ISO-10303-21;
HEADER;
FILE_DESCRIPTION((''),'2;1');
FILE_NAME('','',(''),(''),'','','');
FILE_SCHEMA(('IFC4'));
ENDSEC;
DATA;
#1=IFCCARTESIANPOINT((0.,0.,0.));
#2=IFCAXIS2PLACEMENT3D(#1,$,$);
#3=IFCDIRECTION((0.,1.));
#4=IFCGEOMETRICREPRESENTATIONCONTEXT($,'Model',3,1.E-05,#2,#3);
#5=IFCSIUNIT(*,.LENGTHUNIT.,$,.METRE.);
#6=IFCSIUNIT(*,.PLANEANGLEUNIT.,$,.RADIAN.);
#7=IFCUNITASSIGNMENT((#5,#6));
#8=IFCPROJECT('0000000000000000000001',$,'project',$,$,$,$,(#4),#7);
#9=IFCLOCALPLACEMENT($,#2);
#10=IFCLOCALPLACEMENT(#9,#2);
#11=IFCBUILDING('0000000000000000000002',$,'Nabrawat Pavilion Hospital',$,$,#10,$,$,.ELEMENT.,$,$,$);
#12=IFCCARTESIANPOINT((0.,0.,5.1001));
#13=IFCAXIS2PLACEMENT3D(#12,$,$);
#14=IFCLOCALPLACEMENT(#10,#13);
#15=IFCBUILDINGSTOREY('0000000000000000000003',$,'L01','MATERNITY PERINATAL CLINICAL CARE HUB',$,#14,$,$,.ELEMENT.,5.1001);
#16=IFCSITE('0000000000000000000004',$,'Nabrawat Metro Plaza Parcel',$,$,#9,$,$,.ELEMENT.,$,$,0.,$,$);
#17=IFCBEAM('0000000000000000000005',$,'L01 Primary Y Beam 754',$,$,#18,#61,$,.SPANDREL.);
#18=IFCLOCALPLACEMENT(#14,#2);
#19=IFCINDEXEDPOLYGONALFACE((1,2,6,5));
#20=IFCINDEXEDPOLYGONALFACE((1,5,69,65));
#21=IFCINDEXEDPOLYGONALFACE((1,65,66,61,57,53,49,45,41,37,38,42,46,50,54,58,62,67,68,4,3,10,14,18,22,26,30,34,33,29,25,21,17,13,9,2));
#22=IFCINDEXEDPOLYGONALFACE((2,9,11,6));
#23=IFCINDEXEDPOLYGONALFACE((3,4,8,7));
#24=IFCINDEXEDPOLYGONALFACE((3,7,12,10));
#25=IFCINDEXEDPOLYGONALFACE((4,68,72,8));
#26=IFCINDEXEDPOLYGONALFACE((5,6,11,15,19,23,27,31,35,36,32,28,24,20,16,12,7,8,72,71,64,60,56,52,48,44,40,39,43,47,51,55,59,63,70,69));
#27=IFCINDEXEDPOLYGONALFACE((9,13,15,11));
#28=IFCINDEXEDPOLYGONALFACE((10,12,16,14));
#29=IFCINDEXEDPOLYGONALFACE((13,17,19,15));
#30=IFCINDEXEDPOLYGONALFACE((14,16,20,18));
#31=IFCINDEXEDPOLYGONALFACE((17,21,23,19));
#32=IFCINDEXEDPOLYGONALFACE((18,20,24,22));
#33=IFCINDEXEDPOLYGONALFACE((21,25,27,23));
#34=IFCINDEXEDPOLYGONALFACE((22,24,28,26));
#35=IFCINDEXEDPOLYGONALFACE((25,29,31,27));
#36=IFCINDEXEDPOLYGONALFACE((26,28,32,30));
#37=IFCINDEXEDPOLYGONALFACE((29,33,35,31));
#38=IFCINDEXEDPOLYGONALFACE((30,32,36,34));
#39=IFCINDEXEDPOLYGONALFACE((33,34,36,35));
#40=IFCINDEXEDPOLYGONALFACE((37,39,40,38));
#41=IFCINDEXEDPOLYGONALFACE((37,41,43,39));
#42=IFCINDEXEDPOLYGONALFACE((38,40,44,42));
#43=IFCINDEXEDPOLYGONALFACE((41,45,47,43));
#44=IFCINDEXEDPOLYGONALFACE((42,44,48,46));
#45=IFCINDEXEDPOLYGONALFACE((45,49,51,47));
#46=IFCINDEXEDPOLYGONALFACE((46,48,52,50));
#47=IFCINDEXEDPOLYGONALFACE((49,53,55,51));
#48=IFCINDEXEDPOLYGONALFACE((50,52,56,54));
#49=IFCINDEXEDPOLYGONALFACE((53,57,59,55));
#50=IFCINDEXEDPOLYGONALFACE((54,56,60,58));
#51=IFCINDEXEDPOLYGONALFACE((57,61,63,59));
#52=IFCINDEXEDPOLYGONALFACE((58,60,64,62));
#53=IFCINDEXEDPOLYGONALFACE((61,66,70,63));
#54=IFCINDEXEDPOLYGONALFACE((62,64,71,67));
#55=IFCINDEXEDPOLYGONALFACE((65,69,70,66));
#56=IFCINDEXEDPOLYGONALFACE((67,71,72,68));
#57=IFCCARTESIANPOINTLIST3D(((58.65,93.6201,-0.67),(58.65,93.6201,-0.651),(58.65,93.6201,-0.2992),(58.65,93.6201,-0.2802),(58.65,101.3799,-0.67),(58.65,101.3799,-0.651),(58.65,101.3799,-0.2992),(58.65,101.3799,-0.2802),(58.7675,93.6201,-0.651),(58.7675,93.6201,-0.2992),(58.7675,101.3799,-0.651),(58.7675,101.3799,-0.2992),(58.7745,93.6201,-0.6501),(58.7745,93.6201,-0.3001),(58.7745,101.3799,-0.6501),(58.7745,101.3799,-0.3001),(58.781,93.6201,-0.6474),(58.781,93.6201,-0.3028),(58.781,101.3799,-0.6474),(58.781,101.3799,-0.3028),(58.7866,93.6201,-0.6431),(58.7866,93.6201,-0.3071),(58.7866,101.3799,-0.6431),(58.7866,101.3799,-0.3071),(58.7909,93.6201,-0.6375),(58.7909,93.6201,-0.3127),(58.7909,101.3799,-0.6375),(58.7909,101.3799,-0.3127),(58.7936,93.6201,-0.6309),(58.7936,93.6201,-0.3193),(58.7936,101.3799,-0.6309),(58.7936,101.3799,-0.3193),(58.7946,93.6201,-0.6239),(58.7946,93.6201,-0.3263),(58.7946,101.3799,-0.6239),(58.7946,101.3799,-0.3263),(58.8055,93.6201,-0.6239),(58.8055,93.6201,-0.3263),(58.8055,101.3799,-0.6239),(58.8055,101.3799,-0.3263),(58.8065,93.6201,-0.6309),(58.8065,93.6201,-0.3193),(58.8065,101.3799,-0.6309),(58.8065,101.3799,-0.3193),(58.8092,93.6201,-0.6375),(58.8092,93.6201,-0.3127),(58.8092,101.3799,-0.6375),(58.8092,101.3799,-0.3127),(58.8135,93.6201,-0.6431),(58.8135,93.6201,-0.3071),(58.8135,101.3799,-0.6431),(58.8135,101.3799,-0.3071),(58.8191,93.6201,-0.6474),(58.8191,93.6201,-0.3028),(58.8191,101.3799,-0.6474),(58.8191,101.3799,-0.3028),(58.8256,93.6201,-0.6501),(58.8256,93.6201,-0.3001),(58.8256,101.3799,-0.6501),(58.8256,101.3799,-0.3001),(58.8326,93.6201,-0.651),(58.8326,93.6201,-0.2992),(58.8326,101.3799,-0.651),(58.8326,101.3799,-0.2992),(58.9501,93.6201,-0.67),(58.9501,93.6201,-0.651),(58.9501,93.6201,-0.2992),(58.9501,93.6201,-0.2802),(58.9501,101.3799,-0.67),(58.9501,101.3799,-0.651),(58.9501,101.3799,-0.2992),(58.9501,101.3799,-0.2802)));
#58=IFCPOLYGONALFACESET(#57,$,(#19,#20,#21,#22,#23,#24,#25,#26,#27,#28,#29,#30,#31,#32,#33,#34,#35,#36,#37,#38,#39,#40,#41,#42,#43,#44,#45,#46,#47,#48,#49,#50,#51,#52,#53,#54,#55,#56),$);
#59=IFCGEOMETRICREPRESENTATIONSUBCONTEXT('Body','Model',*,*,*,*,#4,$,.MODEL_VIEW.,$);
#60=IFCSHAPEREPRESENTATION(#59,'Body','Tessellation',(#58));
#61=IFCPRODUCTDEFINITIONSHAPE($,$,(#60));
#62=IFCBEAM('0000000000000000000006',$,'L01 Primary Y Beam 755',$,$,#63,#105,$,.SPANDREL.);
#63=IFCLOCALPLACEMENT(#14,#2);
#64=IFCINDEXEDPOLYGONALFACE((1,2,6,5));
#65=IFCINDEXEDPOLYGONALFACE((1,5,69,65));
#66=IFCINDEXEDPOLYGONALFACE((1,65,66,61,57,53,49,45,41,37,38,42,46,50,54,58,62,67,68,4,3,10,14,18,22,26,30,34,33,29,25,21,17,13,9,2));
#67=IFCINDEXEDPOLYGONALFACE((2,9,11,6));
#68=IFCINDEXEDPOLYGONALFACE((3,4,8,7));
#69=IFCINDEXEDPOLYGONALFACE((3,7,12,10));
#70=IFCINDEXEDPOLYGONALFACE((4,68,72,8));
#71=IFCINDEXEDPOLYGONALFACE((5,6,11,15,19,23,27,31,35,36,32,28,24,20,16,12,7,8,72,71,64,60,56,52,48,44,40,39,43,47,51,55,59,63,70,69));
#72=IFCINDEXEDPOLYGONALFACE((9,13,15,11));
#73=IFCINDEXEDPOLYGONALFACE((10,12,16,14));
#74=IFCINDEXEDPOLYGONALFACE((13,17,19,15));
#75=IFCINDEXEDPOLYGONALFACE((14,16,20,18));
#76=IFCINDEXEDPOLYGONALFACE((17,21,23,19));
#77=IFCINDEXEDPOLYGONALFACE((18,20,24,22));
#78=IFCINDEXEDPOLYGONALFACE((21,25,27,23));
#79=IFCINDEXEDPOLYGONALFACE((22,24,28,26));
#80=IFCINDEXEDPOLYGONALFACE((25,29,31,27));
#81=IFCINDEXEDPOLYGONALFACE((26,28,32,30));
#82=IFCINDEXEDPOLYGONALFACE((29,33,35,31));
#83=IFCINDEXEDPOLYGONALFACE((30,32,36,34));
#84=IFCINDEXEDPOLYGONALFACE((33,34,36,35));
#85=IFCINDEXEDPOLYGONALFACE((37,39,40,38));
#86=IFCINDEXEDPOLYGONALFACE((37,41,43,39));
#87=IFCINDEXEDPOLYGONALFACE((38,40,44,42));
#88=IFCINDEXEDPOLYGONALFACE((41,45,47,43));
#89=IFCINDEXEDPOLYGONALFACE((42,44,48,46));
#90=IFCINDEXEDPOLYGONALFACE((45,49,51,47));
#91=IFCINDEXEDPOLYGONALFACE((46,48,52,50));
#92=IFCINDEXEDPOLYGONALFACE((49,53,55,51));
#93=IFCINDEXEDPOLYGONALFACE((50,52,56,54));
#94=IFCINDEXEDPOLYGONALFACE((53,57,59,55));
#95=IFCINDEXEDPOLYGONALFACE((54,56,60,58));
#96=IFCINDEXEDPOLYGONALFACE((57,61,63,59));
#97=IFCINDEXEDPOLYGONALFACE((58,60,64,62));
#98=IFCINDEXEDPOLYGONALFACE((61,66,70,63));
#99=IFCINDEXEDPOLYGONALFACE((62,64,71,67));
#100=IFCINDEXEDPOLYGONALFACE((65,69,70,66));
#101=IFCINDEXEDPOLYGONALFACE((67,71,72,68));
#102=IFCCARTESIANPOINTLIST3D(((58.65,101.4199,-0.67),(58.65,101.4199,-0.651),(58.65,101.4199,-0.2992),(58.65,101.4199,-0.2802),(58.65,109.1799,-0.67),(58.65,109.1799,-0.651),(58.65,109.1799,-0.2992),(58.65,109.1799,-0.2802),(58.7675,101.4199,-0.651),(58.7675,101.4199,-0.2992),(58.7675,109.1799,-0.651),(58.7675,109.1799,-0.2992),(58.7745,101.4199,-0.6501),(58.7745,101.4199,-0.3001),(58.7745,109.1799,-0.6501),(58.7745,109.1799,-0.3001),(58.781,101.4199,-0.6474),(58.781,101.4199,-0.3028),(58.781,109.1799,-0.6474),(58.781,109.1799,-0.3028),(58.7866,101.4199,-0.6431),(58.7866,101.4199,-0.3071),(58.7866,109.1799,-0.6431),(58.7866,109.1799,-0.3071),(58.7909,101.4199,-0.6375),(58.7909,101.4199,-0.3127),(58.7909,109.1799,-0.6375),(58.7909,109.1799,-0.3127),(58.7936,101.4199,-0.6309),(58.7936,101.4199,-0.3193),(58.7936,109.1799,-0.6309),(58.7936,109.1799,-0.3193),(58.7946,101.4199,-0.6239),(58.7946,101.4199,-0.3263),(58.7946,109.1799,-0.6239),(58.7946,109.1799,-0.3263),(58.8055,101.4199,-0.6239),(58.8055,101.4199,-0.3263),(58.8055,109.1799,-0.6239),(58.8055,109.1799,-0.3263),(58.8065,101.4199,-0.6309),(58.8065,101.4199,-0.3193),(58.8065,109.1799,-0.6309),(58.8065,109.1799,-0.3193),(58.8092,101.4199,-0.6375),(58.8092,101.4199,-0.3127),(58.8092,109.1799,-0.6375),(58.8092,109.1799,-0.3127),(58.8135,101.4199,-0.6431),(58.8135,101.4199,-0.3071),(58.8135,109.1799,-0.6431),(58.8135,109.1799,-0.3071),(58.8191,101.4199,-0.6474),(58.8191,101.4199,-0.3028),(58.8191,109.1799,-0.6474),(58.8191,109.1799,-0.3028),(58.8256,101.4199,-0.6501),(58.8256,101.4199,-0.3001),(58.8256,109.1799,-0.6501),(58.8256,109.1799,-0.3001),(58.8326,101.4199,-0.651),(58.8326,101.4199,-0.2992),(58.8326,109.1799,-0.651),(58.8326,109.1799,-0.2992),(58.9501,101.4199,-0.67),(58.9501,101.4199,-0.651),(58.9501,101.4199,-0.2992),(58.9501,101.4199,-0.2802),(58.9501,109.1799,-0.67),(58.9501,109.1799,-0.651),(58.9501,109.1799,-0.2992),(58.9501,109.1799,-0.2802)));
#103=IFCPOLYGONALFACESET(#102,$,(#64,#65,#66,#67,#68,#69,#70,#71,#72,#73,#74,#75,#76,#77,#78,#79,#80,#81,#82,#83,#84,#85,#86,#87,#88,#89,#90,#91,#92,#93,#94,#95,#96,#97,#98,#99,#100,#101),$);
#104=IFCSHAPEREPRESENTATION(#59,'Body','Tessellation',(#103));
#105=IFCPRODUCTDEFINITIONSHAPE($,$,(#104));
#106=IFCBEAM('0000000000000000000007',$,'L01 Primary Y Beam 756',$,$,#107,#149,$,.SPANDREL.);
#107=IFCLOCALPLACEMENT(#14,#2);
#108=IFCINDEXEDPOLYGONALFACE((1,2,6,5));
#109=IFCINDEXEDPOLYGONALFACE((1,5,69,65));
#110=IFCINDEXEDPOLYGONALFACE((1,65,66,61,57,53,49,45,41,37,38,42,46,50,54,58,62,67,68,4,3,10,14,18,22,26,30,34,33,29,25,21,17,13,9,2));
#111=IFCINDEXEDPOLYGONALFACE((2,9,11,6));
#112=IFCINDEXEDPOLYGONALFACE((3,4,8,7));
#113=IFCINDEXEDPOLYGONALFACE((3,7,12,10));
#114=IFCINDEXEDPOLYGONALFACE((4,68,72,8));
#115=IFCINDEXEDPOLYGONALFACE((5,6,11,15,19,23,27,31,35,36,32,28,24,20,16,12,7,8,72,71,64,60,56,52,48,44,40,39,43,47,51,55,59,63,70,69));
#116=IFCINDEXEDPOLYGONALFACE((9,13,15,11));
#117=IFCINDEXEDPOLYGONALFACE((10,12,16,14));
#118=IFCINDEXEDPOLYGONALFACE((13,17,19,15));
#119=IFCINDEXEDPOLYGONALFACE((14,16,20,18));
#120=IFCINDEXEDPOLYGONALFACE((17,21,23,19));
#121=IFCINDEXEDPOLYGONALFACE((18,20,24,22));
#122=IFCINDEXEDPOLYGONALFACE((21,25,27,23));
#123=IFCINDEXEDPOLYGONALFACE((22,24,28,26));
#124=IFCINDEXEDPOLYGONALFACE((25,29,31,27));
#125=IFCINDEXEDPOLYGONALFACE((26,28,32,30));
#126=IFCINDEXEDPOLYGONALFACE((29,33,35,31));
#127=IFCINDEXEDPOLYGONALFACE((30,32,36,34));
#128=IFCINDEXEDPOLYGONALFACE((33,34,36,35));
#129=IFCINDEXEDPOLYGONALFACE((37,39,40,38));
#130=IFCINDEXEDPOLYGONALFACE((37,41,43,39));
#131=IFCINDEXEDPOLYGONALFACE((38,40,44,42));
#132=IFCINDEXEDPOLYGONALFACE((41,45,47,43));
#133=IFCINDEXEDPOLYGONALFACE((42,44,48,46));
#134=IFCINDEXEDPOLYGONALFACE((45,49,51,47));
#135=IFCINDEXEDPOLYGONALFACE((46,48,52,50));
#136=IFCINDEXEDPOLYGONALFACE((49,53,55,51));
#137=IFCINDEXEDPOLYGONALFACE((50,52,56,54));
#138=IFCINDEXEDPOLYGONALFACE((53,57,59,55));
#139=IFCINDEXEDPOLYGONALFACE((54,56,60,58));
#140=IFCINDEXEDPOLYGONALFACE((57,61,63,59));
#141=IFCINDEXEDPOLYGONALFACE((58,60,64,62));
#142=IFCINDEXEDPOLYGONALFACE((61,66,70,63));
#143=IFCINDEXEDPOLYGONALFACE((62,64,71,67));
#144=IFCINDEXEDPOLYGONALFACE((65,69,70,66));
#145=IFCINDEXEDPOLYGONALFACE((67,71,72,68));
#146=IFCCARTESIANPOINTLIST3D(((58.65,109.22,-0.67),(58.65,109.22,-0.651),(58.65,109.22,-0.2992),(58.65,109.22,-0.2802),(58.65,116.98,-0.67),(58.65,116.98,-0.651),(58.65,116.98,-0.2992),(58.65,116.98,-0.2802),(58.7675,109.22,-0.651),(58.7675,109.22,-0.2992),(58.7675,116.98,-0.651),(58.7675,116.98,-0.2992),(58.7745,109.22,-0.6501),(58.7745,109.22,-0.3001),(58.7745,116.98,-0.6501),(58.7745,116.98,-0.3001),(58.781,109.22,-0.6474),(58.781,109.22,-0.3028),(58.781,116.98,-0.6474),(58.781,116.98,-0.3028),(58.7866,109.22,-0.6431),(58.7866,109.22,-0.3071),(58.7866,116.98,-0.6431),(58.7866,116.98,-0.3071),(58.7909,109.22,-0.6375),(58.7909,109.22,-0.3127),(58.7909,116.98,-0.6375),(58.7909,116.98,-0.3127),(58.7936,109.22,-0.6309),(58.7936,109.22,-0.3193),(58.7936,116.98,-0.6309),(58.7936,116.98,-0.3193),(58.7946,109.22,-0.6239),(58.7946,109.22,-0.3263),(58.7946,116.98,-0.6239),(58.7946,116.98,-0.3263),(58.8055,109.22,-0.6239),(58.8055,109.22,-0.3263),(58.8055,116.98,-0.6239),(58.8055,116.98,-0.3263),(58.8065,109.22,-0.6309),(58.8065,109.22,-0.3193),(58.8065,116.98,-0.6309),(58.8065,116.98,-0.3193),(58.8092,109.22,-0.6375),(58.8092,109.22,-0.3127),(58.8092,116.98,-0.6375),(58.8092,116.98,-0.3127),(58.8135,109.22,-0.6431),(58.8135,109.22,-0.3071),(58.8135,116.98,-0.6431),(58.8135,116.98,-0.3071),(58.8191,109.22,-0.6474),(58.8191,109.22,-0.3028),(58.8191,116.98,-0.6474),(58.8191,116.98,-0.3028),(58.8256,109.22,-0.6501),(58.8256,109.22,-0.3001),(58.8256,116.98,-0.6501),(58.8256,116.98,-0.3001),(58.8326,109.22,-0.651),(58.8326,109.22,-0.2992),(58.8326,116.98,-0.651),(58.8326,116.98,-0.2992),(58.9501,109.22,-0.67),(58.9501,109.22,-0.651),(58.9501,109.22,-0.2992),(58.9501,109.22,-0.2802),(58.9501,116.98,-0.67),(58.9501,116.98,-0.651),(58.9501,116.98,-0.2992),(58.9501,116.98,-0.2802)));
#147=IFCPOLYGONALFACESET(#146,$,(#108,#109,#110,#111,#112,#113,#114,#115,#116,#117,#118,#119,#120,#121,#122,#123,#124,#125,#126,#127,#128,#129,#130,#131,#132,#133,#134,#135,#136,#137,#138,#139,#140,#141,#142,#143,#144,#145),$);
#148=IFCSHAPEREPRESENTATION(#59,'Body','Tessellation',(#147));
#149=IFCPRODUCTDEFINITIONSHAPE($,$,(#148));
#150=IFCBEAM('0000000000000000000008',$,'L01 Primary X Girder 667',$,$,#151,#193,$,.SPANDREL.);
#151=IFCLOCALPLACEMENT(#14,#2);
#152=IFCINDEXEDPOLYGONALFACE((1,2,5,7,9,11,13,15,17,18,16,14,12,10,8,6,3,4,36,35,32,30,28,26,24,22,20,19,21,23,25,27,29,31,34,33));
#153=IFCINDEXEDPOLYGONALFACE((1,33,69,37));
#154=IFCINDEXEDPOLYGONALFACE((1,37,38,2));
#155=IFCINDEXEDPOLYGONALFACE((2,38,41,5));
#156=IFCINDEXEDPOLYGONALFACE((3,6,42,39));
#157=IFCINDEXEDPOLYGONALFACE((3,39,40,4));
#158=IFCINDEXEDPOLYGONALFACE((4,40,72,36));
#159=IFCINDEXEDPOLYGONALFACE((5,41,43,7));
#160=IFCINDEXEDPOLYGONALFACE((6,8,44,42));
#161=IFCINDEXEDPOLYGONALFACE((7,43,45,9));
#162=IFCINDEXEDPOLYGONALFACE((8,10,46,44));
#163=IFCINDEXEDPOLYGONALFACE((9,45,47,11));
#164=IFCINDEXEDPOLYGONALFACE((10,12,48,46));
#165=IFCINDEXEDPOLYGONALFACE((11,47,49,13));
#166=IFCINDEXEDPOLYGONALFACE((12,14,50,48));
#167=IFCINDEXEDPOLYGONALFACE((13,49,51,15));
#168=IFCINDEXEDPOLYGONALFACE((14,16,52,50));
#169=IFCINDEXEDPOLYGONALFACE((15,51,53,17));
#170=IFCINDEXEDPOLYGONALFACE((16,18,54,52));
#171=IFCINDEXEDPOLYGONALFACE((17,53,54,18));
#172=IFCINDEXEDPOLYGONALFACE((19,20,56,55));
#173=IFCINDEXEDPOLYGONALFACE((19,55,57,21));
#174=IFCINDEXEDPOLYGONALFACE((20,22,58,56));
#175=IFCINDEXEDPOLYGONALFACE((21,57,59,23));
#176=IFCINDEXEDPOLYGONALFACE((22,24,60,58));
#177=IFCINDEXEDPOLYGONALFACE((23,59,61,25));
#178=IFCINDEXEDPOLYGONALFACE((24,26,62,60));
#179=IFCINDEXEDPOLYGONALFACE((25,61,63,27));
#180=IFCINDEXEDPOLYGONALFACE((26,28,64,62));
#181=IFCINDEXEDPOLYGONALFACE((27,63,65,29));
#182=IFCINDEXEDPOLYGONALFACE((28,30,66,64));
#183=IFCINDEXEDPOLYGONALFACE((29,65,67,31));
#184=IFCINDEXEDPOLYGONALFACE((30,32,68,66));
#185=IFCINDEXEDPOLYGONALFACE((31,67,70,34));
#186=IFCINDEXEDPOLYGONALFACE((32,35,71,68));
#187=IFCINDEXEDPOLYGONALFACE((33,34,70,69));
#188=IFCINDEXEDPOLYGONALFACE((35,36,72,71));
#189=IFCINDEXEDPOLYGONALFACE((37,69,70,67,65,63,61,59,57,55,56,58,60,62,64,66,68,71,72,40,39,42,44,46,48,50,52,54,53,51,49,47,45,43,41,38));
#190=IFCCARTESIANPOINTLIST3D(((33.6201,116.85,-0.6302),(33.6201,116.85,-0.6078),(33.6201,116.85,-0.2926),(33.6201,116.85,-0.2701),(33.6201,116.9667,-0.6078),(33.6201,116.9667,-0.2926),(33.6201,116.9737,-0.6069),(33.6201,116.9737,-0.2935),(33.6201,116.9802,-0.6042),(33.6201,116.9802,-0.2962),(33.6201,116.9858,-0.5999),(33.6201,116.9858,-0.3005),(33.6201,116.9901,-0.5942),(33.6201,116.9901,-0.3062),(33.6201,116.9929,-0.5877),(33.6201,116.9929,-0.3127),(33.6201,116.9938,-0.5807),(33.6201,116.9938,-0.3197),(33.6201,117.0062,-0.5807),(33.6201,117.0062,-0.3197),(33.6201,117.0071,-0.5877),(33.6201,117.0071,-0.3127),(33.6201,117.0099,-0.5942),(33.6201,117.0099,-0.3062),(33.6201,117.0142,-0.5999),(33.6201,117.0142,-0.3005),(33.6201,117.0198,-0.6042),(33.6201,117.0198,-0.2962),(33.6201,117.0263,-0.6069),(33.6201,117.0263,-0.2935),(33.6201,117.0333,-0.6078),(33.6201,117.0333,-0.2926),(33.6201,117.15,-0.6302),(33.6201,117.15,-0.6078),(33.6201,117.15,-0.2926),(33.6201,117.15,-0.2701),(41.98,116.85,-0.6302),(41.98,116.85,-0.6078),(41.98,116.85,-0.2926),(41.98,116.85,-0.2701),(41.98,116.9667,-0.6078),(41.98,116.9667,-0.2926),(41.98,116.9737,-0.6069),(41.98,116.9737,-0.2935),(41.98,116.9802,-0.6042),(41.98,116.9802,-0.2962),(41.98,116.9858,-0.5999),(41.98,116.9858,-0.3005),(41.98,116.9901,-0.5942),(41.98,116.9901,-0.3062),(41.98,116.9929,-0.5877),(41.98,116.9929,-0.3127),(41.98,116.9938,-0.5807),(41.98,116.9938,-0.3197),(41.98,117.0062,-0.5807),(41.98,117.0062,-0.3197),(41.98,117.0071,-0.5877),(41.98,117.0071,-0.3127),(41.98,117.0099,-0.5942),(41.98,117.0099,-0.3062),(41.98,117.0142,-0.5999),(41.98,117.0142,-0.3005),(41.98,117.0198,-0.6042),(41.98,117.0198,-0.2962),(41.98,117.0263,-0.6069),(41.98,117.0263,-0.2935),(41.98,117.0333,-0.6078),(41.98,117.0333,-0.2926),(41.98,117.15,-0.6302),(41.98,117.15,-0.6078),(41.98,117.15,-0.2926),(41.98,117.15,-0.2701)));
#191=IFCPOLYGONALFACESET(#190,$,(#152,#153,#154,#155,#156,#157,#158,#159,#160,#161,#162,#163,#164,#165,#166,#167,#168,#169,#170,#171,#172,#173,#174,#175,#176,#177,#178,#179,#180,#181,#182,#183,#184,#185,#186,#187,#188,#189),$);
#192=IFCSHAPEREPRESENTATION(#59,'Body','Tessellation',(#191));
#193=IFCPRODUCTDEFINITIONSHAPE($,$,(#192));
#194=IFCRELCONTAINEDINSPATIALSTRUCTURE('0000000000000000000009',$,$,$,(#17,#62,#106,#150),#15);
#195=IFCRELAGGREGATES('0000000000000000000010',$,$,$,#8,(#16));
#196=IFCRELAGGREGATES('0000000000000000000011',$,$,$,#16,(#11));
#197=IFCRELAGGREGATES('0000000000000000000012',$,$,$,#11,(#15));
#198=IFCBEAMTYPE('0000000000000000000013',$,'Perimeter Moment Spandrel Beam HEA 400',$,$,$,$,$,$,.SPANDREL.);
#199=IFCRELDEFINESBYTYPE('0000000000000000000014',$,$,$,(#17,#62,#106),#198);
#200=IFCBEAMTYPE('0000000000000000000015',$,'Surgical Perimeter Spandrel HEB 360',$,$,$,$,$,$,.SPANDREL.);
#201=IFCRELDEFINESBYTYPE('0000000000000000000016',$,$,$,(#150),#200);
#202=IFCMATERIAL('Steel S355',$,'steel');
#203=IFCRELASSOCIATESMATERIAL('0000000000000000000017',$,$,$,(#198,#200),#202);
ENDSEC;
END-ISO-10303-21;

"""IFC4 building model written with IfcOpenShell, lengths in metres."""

from ifc_helpers import new_model, si_unit, direction, frame, origin, origin_2d, place, context, subcontext, project, spatial, i_section, extrude, material, material_profile, profile_set, type_object, element, save


model = new_model("IFC4")

# Units and contexts
model_context = context("Model", 3, precision=1e-05, world=origin(), true_north=direction((0.0, 1.0)))
body_context = subcontext(model_context, "Body", "Model", "MODEL_VIEW")
ifc_project = project(units=[si_unit("LENGTHUNIT", "METRE"), si_unit("PLANEANGLEUNIT", "RADIAN")], contexts=[model_context])

# Site, building, storey
site_placement = place(None, origin())
site = spatial("IfcSite", under=ifc_project, at=site_placement, Name="Nabrawat Metro Plaza Parcel", CompositionType="ELEMENT", RefElevation=0.0)
building_placement = place(site_placement, origin())
building = spatial("IfcBuilding", under=site, at=building_placement, Name="Nabrawat Pavilion Hospital", CompositionType="ELEMENT")
storey_placement = place(building_placement, frame((0.0, 0.0, 5.1001)))
storey = spatial("IfcBuildingStorey", under=building, at=storey_placement, Name="L01", Description="MATERNITY PERINATAL CLINICAL CARE HUB", CompositionType="ELEMENT", Elevation=5.1001)

# Shared definitions
ifc_material_1 = material(Name="Steel S355", Category="steel")

# Beams
ifc_material_profile_1 = material_profile(ifc_material_1, i_section(OverallWidth=0.3, OverallDepth=0.3899, WebThickness=0.011, FlangeThickness=0.019, FilletRadius=0.0271, at=origin_2d()), Name="HEA 400")
ifc_profile_set_1 = profile_set([ifc_material_profile_1], Name="Steel S355")
beam_type_1 = type_object("IfcBeamType", Name="Perimeter Moment Spandrel Beam HEA 400", PredefinedType="SPANDREL", material=ifc_profile_set_1)
beam_1_placement = place(storey_placement, frame((58.8, 93.6201, -0.4751), z_axis=(0.0, 1.0, 0.0), x_axis=(-1.0, 0.0, 0.0)))
element("IfcBeam", 1, at=beam_1_placement, inside=storey, type_object=beam_type_1, Name="L01 Primary Y Beam 754", PredefinedType="SPANDREL", context=body_context, shape_type="SweptSolid", body=[
    extrude(i_section(OverallWidth=0.3, OverallDepth=0.3899, WebThickness=0.011, FlangeThickness=0.019, FilletRadius=0.0271, at=origin_2d()), origin(), (0.0, 0.0, 1.0), 7.7598),
])
for number, where, z_axis, x_axis, name in (
    (2, (58.8, 101.4199, -0.4751), (0.0, 1.0, 0.0), (-1.0, 0.0, 0.0), "L01 Primary Y Beam 755"),
    (3, (58.8, 109.22, -0.4751), (0.0, 1.0, 0.0), (-1.0, 0.0, 0.0), "L01 Primary Y Beam 756"),
):
    element("IfcBeam", number, at=place(storey_placement, frame(where, z_axis=z_axis, x_axis=x_axis)), inside=storey, type_object=beam_type_1, Name=name, PredefinedType="SPANDREL", context=body_context, shape_type="SweptSolid", body=[
        extrude(i_section(OverallWidth=0.3, OverallDepth=0.3899, WebThickness=0.011, FlangeThickness=0.019, FilletRadius=0.0271, at=origin_2d()), origin(), (0.0, 0.0, 1.0), 7.76),
    ])
ifc_material_profile_2 = material_profile(ifc_material_1, i_section(OverallWidth=0.3, OverallDepth=0.3601, WebThickness=0.0125, FlangeThickness=0.0225, FilletRadius=0.0271, at=origin_2d()), Name="HEB 360")
ifc_profile_set_2 = profile_set([ifc_material_profile_2], Name="Steel S355")
beam_type_2 = type_object("IfcBeamType", Name="Surgical Perimeter Spandrel HEB 360", PredefinedType="SPANDREL", material=ifc_profile_set_2)
for number, where, z_axis, x_axis, name in (
    (4, (33.6201, 117.0, -0.4502), (1.0, 0.0, 0.0), (0.0, 1.0, 0.0), "L01 Primary X Girder 667"),
):
    element("IfcBeam", number, at=place(storey_placement, frame(where, z_axis=z_axis, x_axis=x_axis)), inside=storey, type_object=beam_type_2, Name=name, PredefinedType="SPANDREL", context=body_context, shape_type="SweptSolid", body=[
        extrude(i_section(OverallWidth=0.3, OverallDepth=0.3601, WebThickness=0.0125, FlangeThickness=0.0225, FilletRadius=0.0271, at=origin_2d()), origin(), (0.0, 0.0, 1.0), 8.3599),
    ])

save(model, "model.ifc")
